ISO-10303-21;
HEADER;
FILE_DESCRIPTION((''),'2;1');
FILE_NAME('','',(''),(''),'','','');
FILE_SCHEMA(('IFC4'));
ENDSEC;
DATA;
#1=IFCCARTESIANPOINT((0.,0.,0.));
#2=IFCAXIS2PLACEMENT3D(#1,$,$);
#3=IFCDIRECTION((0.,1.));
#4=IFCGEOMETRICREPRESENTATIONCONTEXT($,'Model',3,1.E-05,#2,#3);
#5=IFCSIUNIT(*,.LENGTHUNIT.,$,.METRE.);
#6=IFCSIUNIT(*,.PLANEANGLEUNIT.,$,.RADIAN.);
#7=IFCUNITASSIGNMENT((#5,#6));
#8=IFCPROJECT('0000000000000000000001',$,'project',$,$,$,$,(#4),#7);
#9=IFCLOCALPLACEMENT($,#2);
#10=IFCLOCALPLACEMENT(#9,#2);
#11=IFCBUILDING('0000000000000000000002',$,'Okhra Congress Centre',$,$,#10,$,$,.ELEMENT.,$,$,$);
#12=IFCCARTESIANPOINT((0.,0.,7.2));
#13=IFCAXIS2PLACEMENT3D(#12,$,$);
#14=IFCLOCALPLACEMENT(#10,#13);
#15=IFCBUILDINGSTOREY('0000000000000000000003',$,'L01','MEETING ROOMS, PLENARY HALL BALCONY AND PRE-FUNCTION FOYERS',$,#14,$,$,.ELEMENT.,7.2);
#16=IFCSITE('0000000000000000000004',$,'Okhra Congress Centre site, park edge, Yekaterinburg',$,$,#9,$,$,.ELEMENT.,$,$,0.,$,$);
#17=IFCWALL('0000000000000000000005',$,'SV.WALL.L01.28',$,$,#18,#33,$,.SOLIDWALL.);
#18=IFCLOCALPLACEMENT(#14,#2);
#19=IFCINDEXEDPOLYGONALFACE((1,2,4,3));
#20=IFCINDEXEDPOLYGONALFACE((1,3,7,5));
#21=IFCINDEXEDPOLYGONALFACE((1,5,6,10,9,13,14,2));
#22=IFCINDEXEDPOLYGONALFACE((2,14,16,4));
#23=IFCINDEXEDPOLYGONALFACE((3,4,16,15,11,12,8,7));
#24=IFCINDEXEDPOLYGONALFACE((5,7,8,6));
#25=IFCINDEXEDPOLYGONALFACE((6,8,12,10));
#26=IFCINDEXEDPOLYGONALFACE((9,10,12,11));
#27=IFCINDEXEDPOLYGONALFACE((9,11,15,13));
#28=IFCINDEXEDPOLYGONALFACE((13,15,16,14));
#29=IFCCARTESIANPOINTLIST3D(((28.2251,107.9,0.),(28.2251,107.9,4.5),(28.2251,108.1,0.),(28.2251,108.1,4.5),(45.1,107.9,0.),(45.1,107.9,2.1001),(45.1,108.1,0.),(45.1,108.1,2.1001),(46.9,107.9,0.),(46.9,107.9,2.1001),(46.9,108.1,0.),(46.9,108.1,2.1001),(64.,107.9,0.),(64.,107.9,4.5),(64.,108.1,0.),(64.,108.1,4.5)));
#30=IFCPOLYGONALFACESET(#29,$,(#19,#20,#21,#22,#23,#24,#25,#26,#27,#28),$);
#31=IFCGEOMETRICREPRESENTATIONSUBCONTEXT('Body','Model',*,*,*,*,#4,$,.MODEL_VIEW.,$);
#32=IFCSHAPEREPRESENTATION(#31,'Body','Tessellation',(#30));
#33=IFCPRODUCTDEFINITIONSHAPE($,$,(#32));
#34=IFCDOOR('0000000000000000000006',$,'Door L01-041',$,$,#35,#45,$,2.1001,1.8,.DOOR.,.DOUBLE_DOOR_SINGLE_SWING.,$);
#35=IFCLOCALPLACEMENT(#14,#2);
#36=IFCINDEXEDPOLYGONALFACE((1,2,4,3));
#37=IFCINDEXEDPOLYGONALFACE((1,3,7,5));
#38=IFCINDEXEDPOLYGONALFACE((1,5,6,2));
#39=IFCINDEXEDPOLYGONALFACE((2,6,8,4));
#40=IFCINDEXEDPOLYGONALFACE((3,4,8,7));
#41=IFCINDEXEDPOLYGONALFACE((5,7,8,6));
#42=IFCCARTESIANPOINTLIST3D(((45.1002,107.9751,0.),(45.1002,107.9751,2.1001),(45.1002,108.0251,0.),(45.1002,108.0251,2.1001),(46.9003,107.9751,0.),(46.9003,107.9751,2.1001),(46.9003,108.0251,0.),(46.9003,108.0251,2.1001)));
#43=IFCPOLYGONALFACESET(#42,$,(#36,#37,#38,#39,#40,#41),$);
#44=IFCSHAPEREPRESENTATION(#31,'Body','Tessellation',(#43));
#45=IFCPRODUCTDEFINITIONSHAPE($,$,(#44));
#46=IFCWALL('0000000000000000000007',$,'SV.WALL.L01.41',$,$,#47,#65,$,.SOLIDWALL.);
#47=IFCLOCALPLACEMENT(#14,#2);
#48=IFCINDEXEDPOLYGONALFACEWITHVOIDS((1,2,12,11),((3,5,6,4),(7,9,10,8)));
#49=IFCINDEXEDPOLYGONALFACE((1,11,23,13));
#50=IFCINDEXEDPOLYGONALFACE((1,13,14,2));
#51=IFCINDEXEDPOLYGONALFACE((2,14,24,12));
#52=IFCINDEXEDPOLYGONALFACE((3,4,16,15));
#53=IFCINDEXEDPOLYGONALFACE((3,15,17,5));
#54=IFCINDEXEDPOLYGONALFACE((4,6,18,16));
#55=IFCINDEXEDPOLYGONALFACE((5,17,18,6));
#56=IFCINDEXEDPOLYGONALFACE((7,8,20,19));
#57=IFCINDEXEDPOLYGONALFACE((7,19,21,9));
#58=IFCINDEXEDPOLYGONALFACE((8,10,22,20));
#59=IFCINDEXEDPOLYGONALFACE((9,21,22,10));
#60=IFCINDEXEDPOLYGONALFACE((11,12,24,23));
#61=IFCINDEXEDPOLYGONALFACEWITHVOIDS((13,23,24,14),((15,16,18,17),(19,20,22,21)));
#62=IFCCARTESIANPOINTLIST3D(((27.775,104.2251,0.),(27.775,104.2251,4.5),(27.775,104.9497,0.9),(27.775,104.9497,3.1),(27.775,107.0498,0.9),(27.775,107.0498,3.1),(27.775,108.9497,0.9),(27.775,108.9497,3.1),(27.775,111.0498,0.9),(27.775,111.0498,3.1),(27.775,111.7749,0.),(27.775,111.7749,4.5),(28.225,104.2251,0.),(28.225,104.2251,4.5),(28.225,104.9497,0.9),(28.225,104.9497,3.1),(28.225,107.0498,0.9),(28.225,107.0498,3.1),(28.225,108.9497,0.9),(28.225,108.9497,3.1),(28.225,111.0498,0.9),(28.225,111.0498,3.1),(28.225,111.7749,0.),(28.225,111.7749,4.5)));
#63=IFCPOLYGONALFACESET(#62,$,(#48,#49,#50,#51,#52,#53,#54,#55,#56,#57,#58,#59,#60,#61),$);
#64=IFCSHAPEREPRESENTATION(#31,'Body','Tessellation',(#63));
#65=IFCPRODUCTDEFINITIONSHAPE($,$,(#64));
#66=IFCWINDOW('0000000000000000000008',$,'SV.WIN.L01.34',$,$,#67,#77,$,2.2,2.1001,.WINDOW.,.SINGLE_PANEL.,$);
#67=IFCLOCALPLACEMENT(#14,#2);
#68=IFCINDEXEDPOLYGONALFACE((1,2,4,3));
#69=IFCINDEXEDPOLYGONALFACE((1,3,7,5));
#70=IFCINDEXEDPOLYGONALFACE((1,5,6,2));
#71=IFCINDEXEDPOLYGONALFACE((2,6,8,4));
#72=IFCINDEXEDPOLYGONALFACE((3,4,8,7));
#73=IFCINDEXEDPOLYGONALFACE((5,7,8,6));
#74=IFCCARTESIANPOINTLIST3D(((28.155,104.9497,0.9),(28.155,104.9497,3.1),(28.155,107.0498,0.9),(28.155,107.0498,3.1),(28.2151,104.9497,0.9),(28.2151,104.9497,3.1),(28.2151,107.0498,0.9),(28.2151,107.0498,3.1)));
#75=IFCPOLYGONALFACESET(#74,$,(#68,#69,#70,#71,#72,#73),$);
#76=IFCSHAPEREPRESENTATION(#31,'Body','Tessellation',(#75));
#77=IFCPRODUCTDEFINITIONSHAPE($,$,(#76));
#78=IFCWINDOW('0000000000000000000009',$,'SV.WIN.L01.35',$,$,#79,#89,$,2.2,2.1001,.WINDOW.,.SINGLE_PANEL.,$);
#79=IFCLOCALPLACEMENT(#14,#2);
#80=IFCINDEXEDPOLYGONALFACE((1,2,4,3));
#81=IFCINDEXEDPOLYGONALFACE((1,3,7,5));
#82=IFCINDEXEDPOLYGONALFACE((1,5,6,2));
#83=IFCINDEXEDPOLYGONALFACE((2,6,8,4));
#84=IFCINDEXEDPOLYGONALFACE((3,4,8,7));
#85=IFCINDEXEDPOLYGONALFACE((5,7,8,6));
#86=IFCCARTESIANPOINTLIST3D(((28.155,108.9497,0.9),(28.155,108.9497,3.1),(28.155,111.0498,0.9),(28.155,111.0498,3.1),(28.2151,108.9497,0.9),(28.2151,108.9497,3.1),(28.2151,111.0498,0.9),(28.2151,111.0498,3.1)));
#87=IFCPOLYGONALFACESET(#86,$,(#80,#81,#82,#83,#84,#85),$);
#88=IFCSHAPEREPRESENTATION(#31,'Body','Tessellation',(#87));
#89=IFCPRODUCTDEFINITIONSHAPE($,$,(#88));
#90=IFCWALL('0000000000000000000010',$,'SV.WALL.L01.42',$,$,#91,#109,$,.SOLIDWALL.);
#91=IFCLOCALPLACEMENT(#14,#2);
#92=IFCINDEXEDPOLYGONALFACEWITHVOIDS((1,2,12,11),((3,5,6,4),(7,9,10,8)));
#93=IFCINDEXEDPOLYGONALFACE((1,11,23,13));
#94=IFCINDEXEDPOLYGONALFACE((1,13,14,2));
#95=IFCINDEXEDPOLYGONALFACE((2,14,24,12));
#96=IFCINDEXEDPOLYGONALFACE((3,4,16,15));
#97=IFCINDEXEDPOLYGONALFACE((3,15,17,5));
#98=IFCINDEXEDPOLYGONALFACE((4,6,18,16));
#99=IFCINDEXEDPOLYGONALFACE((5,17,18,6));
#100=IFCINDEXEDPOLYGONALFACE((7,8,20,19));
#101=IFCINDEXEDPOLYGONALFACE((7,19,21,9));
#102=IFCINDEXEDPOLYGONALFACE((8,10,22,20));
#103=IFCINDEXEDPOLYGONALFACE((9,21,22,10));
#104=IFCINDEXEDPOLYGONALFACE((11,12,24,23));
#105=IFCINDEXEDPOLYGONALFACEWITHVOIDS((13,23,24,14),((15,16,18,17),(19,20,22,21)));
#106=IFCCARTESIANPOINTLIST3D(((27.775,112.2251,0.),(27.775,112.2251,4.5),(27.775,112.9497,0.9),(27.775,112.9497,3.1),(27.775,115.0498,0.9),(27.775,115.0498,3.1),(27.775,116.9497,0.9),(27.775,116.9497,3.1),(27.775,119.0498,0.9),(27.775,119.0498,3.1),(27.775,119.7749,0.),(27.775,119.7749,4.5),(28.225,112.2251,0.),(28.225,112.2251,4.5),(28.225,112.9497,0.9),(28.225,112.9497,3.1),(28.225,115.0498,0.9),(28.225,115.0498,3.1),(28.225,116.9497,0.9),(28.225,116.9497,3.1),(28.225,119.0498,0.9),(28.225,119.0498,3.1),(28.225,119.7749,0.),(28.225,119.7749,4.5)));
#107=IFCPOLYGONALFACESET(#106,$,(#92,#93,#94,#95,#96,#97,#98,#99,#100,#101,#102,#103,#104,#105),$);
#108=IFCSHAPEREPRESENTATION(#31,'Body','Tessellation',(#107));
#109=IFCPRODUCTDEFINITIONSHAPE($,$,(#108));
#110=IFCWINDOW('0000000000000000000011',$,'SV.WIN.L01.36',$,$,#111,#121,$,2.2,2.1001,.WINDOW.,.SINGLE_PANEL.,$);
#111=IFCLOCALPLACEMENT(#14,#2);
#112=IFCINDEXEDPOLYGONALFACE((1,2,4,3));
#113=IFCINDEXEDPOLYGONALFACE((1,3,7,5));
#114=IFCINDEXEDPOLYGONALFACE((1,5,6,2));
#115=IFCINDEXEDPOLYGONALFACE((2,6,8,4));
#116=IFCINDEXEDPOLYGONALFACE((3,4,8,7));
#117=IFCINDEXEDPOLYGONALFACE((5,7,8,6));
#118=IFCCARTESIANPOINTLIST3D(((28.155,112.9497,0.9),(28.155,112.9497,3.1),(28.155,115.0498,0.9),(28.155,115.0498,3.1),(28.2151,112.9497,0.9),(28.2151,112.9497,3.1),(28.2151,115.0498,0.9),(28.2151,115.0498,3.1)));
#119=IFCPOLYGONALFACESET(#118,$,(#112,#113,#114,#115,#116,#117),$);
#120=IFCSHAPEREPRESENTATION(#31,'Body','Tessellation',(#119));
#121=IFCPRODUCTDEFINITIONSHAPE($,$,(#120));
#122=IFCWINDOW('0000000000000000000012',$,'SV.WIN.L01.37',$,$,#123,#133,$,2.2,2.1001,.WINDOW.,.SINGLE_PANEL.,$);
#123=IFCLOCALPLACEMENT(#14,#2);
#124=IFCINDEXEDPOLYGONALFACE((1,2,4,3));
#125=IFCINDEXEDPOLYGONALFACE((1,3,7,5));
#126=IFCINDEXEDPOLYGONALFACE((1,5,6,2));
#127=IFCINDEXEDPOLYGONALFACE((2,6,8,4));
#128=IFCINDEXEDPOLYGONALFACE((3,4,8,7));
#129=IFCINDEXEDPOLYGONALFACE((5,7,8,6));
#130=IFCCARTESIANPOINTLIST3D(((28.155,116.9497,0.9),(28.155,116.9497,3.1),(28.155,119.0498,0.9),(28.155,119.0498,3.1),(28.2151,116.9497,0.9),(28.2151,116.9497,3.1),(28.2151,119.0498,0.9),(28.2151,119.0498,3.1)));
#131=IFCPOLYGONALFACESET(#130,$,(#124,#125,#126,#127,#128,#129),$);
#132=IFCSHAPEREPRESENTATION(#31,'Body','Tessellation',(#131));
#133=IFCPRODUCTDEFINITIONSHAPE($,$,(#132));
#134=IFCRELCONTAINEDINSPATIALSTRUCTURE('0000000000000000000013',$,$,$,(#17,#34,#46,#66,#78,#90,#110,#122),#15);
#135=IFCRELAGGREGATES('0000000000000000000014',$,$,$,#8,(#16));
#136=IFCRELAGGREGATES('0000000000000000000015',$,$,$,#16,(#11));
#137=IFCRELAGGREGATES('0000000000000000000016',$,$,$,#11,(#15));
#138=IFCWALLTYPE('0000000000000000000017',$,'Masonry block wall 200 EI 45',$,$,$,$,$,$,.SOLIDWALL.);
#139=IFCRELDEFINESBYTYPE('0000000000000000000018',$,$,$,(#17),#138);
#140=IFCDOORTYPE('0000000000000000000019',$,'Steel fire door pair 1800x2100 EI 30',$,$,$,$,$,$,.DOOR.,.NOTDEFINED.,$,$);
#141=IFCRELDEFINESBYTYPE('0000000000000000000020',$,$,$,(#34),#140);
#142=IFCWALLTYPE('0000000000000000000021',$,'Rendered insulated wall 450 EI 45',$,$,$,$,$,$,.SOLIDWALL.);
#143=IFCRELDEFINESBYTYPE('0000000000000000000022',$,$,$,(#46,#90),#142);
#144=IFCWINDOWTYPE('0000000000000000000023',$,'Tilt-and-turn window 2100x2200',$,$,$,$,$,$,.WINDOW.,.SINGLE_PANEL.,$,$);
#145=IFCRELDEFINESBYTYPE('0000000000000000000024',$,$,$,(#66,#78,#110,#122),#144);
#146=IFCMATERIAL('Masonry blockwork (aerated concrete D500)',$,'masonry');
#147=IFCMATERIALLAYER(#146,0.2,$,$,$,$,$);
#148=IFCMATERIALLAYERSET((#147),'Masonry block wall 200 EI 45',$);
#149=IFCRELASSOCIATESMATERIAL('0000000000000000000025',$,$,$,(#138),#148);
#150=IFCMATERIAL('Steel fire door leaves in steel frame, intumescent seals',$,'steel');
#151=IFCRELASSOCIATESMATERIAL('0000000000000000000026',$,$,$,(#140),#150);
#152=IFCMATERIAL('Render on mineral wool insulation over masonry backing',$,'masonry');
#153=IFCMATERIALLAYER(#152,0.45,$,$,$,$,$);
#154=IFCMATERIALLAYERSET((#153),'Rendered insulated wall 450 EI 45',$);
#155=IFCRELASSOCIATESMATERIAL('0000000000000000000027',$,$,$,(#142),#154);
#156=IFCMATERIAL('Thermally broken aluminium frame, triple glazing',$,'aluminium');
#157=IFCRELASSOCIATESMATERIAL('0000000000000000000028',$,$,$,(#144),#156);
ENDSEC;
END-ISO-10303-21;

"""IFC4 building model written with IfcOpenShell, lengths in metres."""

from ifc_helpers import new_model, si_unit, direction, frame, frame_2d, origin, place, context, subcontext, project, spatial, rectangle, extrude, material, layer, layer_set, type_object, element, fill, save


model = new_model("IFC4")

# Units and contexts
model_context = context("Model", 3, precision=1e-05, world=origin(), true_north=direction((0.0, 1.0)))
body_context = subcontext(model_context, "Body", "Model", "MODEL_VIEW")
ifc_project = project(units=[si_unit("LENGTHUNIT", "METRE"), si_unit("PLANEANGLEUNIT", "RADIAN")], contexts=[model_context])

# Site, building, storey
site_placement = place(None, origin())
site = spatial("IfcSite", under=ifc_project, at=site_placement, Name="Okhra Congress Centre site, park edge, Yekaterinburg", CompositionType="ELEMENT", RefElevation=0.0)
building_placement = place(site_placement, origin())
building = spatial("IfcBuilding", under=site, at=building_placement, Name="Okhra Congress Centre", CompositionType="ELEMENT")
storey_placement = place(building_placement, frame((0.0, 0.0, 7.2)))
storey = spatial("IfcBuildingStorey", under=building, at=storey_placement, Name="L01", Description="MEETING ROOMS, PLENARY HALL BALCONY AND PRE-FUNCTION FOYERS", CompositionType="ELEMENT", Elevation=7.2)

# Wall, opening, door
ifc_material_1 = material(Name="Masonry blockwork (aerated concrete D500)", Category="masonry")
ifc_layer_1 = layer(ifc_material_1, 0.2)
ifc_layer_set_1 = layer_set([ifc_layer_1], Name="Masonry block wall 200 EI 45")
wall_type_1 = type_object("IfcWallType", Name="Masonry block wall 200 EI 45", PredefinedType="SOLIDWALL", material=ifc_layer_set_1)
wall_1_placement = place(storey_placement, frame((28.2251, 108.0, 0.0), z_axis=(0.0, 0.0, 1.0), x_axis=(1.0, 0.0, 0.0)))
wall_1 = element("IfcWall", 1, at=wall_1_placement, inside=storey, type_object=wall_type_1, Name="SV.WALL.L01.28", PredefinedType="SOLIDWALL", context=body_context, shape_type="SweptSolid", body=[
    extrude(rectangle(XDim=35.7749, YDim=0.2, at=frame_2d((17.8875, 0.0))), origin(), (0.0, 0.0, 1.0), 4.5),
])
opening_1_placement = place(wall_1_placement, frame((16.875, 0.0, 0.0)))
opening_1 = element("IfcOpeningElement", 2, at=opening_1_placement, cuts=wall_1, PredefinedType="OPENING", context=body_context, shape_type="SweptSolid", body=[
    extrude(rectangle(XDim=1.8, YDim=2.1001, at=frame_2d((0.8999, 1.05))), frame((0.0, 0.1099, 0.0), z_axis=(0.0, -1.0, 0.0), x_axis=(1.0, 0.0, 0.0)), (0.0, 0.0, 1.0), 0.22),
])
ifc_material_2 = material(Name="Steel fire door leaves in steel frame, intumescent seals", Category="steel")
door_type = type_object("IfcDoorType", Name="Steel fire door pair 1800x2100 EI 30", OperationType="NOTDEFINED", PredefinedType="DOOR", material=ifc_material_2)
door_placement = place(opening_1_placement, frame((1.8, 0.0, 0.0), z_axis=(0.0, 0.0, 1.0), x_axis=(-1.0, 0.0, 0.0)))
door = element("IfcDoor", 3, at=door_placement, inside=storey, type_object=door_type, Name="Door L01-041", OperationType="DOUBLE_DOOR_SINGLE_SWING", OverallHeight=2.1001, OverallWidth=1.8, PredefinedType="DOOR", context=body_context, shape_type="SweptSolid", body=[
    extrude(rectangle(XDim=1.8, YDim=2.1001, at=frame_2d((0.8999, 1.05))), frame((0.0, 0.0249, 0.0), z_axis=(0.0, -1.0, 0.0), x_axis=(1.0, 0.0, 0.0)), (0.0, 0.0, 1.0), 0.05),
])
fill(opening_1, door)

# Walls, openings, windows
ifc_material_3 = material(Name="Render on mineral wool insulation over masonry backing", Category="masonry")
ifc_layer_2 = layer(ifc_material_3, 0.45)
ifc_layer_set_2 = layer_set([ifc_layer_2], Name="Rendered insulated wall 450 EI 45")
wall_type_2 = type_object("IfcWallType", Name="Rendered insulated wall 450 EI 45", PredefinedType="SOLIDWALL", material=ifc_layer_set_2)
wall_2_placement = place(storey_placement, frame((28.0, 111.7749, 0.0), z_axis=(0.0, 0.0, 1.0), x_axis=(0.0, -1.0, 0.0)))
wall_2 = element("IfcWall", 4, at=wall_2_placement, inside=storey, type_object=wall_type_2, Name="SV.WALL.L01.41", PredefinedType="SOLIDWALL", context=body_context, shape_type="SweptSolid", body=[
    extrude(rectangle(XDim=7.5498, YDim=0.45, at=frame_2d((3.7749, 0.0))), origin(), (0.0, 0.0, 1.0), 4.5),
])
opening_2_placement = place(wall_2_placement, frame((4.7251, 0.0, 0.8999)))
opening_2 = element("IfcOpeningElement", 5, at=opening_2_placement, cuts=wall_2, PredefinedType="OPENING", context=body_context, shape_type="SweptSolid", body=[
    extrude(rectangle(XDim=2.1001, YDim=2.2, at=frame_2d((1.05, 1.1001))), frame((0.0, 0.2349, 0.0), z_axis=(0.0, -1.0, 0.0), x_axis=(1.0, 0.0, 0.0)), (0.0, 0.0, 1.0), 0.47),
])
opening_3_placement = place(wall_2_placement, frame((0.7251, 0.0, 0.8999)))
opening_3 = element("IfcOpeningElement", 6, at=opening_3_placement, cuts=wall_2, PredefinedType="OPENING", context=body_context, shape_type="SweptSolid", body=[
    extrude(rectangle(XDim=2.1001, YDim=2.2, at=frame_2d((1.05, 1.1001))), frame((0.0, 0.2349, 0.0), z_axis=(0.0, -1.0, 0.0), x_axis=(1.0, 0.0, 0.0)), (0.0, 0.0, 1.0), 0.47),
])
ifc_material_4 = material(Name="Thermally broken aluminium frame, triple glazing", Category="aluminium")
window_type = type_object("IfcWindowType", Name="Tilt-and-turn window 2100x2200", PartitioningType="SINGLE_PANEL", PredefinedType="WINDOW", material=ifc_material_4)
window_1_placement = place(opening_2_placement, origin())
window_1 = element("IfcWindow", 7, at=window_1_placement, inside=storey, type_object=window_type, Name="SV.WIN.L01.34", OverallHeight=2.2, OverallWidth=2.1001, PartitioningType="SINGLE_PANEL", PredefinedType="WINDOW", context=body_context, shape_type="SweptSolid", body=[
    extrude(rectangle(XDim=2.1001, YDim=2.2, at=frame_2d((1.05, 1.1001))), frame((0.0, 0.2151, 0.0), z_axis=(0.0, -1.0, 0.0), x_axis=(1.0, 0.0, 0.0)), (0.0, 0.0, 1.0), 0.0601),
])
fill(opening_2, window_1)
window_2_placement = place(opening_3_placement, origin())
window_2 = element("IfcWindow", 8, at=window_2_placement, inside=storey, type_object=window_type, Name="SV.WIN.L01.35", OverallHeight=2.2, OverallWidth=2.1001, PartitioningType="SINGLE_PANEL", PredefinedType="WINDOW", context=body_context, shape_type="SweptSolid", body=[
    extrude(rectangle(XDim=2.1001, YDim=2.2, at=frame_2d((1.05, 1.1001))), frame((0.0, 0.2151, 0.0), z_axis=(0.0, -1.0, 0.0), x_axis=(1.0, 0.0, 0.0)), (0.0, 0.0, 1.0), 0.0601),
])
fill(opening_3, window_2)
wall_3_placement = place(storey_placement, frame((28.0, 119.7749, 0.0), z_axis=(0.0, 0.0, 1.0), x_axis=(0.0, -1.0, 0.0)))
wall_3 = element("IfcWall", 9, at=wall_3_placement, inside=storey, type_object=wall_type_2, Name="SV.WALL.L01.42", PredefinedType="SOLIDWALL", context=body_context, shape_type="SweptSolid", body=[
    extrude(rectangle(XDim=7.5498, YDim=0.45, at=frame_2d((3.7749, 0.0))), origin(), (0.0, 0.0, 1.0), 4.5),
])
opening_4_placement = place(wall_3_placement, frame((4.7251, 0.0, 0.8999)))
opening_4 = element("IfcOpeningElement", 10, at=opening_4_placement, cuts=wall_3, PredefinedType="OPENING", context=body_context, shape_type="SweptSolid", body=[
    extrude(rectangle(XDim=2.1001, YDim=2.2, at=frame_2d((1.05, 1.1001))), frame((0.0, 0.2349, 0.0), z_axis=(0.0, -1.0, 0.0), x_axis=(1.0, 0.0, 0.0)), (0.0, 0.0, 1.0), 0.47),
])
opening_5_placement = place(wall_3_placement, frame((0.7251, 0.0, 0.8999)))
opening_5 = element("IfcOpeningElement", 11, at=opening_5_placement, cuts=wall_3, PredefinedType="OPENING", context=body_context, shape_type="SweptSolid", body=[
    extrude(rectangle(XDim=2.1001, YDim=2.2, at=frame_2d((1.05, 1.1001))), frame((0.0, 0.2349, 0.0), z_axis=(0.0, -1.0, 0.0), x_axis=(1.0, 0.0, 0.0)), (0.0, 0.0, 1.0), 0.47),
])
window_3_placement = place(opening_4_placement, origin())
window_3 = element("IfcWindow", 12, at=window_3_placement, inside=storey, type_object=window_type, Name="SV.WIN.L01.36", OverallHeight=2.2, OverallWidth=2.1001, PartitioningType="SINGLE_PANEL", PredefinedType="WINDOW", context=body_context, shape_type="SweptSolid", body=[
    extrude(rectangle(XDim=2.1001, YDim=2.2, at=frame_2d((1.05, 1.1001))), frame((0.0, 0.2151, 0.0), z_axis=(0.0, -1.0, 0.0), x_axis=(1.0, 0.0, 0.0)), (0.0, 0.0, 1.0), 0.0601),
])
fill(opening_4, window_3)
window_4_placement = place(opening_5_placement, origin())
window_4 = element("IfcWindow", 13, at=window_4_placement, inside=storey, type_object=window_type, Name="SV.WIN.L01.37", OverallHeight=2.2, OverallWidth=2.1001, PartitioningType="SINGLE_PANEL", PredefinedType="WINDOW", context=body_context, shape_type="SweptSolid", body=[
    extrude(rectangle(XDim=2.1001, YDim=2.2, at=frame_2d((1.05, 1.1001))), frame((0.0, 0.2151, 0.0), z_axis=(0.0, -1.0, 0.0), x_axis=(1.0, 0.0, 0.0)), (0.0, 0.0, 1.0), 0.0601),
])
fill(opening_5, window_4)

save(model, "model.ifc")
